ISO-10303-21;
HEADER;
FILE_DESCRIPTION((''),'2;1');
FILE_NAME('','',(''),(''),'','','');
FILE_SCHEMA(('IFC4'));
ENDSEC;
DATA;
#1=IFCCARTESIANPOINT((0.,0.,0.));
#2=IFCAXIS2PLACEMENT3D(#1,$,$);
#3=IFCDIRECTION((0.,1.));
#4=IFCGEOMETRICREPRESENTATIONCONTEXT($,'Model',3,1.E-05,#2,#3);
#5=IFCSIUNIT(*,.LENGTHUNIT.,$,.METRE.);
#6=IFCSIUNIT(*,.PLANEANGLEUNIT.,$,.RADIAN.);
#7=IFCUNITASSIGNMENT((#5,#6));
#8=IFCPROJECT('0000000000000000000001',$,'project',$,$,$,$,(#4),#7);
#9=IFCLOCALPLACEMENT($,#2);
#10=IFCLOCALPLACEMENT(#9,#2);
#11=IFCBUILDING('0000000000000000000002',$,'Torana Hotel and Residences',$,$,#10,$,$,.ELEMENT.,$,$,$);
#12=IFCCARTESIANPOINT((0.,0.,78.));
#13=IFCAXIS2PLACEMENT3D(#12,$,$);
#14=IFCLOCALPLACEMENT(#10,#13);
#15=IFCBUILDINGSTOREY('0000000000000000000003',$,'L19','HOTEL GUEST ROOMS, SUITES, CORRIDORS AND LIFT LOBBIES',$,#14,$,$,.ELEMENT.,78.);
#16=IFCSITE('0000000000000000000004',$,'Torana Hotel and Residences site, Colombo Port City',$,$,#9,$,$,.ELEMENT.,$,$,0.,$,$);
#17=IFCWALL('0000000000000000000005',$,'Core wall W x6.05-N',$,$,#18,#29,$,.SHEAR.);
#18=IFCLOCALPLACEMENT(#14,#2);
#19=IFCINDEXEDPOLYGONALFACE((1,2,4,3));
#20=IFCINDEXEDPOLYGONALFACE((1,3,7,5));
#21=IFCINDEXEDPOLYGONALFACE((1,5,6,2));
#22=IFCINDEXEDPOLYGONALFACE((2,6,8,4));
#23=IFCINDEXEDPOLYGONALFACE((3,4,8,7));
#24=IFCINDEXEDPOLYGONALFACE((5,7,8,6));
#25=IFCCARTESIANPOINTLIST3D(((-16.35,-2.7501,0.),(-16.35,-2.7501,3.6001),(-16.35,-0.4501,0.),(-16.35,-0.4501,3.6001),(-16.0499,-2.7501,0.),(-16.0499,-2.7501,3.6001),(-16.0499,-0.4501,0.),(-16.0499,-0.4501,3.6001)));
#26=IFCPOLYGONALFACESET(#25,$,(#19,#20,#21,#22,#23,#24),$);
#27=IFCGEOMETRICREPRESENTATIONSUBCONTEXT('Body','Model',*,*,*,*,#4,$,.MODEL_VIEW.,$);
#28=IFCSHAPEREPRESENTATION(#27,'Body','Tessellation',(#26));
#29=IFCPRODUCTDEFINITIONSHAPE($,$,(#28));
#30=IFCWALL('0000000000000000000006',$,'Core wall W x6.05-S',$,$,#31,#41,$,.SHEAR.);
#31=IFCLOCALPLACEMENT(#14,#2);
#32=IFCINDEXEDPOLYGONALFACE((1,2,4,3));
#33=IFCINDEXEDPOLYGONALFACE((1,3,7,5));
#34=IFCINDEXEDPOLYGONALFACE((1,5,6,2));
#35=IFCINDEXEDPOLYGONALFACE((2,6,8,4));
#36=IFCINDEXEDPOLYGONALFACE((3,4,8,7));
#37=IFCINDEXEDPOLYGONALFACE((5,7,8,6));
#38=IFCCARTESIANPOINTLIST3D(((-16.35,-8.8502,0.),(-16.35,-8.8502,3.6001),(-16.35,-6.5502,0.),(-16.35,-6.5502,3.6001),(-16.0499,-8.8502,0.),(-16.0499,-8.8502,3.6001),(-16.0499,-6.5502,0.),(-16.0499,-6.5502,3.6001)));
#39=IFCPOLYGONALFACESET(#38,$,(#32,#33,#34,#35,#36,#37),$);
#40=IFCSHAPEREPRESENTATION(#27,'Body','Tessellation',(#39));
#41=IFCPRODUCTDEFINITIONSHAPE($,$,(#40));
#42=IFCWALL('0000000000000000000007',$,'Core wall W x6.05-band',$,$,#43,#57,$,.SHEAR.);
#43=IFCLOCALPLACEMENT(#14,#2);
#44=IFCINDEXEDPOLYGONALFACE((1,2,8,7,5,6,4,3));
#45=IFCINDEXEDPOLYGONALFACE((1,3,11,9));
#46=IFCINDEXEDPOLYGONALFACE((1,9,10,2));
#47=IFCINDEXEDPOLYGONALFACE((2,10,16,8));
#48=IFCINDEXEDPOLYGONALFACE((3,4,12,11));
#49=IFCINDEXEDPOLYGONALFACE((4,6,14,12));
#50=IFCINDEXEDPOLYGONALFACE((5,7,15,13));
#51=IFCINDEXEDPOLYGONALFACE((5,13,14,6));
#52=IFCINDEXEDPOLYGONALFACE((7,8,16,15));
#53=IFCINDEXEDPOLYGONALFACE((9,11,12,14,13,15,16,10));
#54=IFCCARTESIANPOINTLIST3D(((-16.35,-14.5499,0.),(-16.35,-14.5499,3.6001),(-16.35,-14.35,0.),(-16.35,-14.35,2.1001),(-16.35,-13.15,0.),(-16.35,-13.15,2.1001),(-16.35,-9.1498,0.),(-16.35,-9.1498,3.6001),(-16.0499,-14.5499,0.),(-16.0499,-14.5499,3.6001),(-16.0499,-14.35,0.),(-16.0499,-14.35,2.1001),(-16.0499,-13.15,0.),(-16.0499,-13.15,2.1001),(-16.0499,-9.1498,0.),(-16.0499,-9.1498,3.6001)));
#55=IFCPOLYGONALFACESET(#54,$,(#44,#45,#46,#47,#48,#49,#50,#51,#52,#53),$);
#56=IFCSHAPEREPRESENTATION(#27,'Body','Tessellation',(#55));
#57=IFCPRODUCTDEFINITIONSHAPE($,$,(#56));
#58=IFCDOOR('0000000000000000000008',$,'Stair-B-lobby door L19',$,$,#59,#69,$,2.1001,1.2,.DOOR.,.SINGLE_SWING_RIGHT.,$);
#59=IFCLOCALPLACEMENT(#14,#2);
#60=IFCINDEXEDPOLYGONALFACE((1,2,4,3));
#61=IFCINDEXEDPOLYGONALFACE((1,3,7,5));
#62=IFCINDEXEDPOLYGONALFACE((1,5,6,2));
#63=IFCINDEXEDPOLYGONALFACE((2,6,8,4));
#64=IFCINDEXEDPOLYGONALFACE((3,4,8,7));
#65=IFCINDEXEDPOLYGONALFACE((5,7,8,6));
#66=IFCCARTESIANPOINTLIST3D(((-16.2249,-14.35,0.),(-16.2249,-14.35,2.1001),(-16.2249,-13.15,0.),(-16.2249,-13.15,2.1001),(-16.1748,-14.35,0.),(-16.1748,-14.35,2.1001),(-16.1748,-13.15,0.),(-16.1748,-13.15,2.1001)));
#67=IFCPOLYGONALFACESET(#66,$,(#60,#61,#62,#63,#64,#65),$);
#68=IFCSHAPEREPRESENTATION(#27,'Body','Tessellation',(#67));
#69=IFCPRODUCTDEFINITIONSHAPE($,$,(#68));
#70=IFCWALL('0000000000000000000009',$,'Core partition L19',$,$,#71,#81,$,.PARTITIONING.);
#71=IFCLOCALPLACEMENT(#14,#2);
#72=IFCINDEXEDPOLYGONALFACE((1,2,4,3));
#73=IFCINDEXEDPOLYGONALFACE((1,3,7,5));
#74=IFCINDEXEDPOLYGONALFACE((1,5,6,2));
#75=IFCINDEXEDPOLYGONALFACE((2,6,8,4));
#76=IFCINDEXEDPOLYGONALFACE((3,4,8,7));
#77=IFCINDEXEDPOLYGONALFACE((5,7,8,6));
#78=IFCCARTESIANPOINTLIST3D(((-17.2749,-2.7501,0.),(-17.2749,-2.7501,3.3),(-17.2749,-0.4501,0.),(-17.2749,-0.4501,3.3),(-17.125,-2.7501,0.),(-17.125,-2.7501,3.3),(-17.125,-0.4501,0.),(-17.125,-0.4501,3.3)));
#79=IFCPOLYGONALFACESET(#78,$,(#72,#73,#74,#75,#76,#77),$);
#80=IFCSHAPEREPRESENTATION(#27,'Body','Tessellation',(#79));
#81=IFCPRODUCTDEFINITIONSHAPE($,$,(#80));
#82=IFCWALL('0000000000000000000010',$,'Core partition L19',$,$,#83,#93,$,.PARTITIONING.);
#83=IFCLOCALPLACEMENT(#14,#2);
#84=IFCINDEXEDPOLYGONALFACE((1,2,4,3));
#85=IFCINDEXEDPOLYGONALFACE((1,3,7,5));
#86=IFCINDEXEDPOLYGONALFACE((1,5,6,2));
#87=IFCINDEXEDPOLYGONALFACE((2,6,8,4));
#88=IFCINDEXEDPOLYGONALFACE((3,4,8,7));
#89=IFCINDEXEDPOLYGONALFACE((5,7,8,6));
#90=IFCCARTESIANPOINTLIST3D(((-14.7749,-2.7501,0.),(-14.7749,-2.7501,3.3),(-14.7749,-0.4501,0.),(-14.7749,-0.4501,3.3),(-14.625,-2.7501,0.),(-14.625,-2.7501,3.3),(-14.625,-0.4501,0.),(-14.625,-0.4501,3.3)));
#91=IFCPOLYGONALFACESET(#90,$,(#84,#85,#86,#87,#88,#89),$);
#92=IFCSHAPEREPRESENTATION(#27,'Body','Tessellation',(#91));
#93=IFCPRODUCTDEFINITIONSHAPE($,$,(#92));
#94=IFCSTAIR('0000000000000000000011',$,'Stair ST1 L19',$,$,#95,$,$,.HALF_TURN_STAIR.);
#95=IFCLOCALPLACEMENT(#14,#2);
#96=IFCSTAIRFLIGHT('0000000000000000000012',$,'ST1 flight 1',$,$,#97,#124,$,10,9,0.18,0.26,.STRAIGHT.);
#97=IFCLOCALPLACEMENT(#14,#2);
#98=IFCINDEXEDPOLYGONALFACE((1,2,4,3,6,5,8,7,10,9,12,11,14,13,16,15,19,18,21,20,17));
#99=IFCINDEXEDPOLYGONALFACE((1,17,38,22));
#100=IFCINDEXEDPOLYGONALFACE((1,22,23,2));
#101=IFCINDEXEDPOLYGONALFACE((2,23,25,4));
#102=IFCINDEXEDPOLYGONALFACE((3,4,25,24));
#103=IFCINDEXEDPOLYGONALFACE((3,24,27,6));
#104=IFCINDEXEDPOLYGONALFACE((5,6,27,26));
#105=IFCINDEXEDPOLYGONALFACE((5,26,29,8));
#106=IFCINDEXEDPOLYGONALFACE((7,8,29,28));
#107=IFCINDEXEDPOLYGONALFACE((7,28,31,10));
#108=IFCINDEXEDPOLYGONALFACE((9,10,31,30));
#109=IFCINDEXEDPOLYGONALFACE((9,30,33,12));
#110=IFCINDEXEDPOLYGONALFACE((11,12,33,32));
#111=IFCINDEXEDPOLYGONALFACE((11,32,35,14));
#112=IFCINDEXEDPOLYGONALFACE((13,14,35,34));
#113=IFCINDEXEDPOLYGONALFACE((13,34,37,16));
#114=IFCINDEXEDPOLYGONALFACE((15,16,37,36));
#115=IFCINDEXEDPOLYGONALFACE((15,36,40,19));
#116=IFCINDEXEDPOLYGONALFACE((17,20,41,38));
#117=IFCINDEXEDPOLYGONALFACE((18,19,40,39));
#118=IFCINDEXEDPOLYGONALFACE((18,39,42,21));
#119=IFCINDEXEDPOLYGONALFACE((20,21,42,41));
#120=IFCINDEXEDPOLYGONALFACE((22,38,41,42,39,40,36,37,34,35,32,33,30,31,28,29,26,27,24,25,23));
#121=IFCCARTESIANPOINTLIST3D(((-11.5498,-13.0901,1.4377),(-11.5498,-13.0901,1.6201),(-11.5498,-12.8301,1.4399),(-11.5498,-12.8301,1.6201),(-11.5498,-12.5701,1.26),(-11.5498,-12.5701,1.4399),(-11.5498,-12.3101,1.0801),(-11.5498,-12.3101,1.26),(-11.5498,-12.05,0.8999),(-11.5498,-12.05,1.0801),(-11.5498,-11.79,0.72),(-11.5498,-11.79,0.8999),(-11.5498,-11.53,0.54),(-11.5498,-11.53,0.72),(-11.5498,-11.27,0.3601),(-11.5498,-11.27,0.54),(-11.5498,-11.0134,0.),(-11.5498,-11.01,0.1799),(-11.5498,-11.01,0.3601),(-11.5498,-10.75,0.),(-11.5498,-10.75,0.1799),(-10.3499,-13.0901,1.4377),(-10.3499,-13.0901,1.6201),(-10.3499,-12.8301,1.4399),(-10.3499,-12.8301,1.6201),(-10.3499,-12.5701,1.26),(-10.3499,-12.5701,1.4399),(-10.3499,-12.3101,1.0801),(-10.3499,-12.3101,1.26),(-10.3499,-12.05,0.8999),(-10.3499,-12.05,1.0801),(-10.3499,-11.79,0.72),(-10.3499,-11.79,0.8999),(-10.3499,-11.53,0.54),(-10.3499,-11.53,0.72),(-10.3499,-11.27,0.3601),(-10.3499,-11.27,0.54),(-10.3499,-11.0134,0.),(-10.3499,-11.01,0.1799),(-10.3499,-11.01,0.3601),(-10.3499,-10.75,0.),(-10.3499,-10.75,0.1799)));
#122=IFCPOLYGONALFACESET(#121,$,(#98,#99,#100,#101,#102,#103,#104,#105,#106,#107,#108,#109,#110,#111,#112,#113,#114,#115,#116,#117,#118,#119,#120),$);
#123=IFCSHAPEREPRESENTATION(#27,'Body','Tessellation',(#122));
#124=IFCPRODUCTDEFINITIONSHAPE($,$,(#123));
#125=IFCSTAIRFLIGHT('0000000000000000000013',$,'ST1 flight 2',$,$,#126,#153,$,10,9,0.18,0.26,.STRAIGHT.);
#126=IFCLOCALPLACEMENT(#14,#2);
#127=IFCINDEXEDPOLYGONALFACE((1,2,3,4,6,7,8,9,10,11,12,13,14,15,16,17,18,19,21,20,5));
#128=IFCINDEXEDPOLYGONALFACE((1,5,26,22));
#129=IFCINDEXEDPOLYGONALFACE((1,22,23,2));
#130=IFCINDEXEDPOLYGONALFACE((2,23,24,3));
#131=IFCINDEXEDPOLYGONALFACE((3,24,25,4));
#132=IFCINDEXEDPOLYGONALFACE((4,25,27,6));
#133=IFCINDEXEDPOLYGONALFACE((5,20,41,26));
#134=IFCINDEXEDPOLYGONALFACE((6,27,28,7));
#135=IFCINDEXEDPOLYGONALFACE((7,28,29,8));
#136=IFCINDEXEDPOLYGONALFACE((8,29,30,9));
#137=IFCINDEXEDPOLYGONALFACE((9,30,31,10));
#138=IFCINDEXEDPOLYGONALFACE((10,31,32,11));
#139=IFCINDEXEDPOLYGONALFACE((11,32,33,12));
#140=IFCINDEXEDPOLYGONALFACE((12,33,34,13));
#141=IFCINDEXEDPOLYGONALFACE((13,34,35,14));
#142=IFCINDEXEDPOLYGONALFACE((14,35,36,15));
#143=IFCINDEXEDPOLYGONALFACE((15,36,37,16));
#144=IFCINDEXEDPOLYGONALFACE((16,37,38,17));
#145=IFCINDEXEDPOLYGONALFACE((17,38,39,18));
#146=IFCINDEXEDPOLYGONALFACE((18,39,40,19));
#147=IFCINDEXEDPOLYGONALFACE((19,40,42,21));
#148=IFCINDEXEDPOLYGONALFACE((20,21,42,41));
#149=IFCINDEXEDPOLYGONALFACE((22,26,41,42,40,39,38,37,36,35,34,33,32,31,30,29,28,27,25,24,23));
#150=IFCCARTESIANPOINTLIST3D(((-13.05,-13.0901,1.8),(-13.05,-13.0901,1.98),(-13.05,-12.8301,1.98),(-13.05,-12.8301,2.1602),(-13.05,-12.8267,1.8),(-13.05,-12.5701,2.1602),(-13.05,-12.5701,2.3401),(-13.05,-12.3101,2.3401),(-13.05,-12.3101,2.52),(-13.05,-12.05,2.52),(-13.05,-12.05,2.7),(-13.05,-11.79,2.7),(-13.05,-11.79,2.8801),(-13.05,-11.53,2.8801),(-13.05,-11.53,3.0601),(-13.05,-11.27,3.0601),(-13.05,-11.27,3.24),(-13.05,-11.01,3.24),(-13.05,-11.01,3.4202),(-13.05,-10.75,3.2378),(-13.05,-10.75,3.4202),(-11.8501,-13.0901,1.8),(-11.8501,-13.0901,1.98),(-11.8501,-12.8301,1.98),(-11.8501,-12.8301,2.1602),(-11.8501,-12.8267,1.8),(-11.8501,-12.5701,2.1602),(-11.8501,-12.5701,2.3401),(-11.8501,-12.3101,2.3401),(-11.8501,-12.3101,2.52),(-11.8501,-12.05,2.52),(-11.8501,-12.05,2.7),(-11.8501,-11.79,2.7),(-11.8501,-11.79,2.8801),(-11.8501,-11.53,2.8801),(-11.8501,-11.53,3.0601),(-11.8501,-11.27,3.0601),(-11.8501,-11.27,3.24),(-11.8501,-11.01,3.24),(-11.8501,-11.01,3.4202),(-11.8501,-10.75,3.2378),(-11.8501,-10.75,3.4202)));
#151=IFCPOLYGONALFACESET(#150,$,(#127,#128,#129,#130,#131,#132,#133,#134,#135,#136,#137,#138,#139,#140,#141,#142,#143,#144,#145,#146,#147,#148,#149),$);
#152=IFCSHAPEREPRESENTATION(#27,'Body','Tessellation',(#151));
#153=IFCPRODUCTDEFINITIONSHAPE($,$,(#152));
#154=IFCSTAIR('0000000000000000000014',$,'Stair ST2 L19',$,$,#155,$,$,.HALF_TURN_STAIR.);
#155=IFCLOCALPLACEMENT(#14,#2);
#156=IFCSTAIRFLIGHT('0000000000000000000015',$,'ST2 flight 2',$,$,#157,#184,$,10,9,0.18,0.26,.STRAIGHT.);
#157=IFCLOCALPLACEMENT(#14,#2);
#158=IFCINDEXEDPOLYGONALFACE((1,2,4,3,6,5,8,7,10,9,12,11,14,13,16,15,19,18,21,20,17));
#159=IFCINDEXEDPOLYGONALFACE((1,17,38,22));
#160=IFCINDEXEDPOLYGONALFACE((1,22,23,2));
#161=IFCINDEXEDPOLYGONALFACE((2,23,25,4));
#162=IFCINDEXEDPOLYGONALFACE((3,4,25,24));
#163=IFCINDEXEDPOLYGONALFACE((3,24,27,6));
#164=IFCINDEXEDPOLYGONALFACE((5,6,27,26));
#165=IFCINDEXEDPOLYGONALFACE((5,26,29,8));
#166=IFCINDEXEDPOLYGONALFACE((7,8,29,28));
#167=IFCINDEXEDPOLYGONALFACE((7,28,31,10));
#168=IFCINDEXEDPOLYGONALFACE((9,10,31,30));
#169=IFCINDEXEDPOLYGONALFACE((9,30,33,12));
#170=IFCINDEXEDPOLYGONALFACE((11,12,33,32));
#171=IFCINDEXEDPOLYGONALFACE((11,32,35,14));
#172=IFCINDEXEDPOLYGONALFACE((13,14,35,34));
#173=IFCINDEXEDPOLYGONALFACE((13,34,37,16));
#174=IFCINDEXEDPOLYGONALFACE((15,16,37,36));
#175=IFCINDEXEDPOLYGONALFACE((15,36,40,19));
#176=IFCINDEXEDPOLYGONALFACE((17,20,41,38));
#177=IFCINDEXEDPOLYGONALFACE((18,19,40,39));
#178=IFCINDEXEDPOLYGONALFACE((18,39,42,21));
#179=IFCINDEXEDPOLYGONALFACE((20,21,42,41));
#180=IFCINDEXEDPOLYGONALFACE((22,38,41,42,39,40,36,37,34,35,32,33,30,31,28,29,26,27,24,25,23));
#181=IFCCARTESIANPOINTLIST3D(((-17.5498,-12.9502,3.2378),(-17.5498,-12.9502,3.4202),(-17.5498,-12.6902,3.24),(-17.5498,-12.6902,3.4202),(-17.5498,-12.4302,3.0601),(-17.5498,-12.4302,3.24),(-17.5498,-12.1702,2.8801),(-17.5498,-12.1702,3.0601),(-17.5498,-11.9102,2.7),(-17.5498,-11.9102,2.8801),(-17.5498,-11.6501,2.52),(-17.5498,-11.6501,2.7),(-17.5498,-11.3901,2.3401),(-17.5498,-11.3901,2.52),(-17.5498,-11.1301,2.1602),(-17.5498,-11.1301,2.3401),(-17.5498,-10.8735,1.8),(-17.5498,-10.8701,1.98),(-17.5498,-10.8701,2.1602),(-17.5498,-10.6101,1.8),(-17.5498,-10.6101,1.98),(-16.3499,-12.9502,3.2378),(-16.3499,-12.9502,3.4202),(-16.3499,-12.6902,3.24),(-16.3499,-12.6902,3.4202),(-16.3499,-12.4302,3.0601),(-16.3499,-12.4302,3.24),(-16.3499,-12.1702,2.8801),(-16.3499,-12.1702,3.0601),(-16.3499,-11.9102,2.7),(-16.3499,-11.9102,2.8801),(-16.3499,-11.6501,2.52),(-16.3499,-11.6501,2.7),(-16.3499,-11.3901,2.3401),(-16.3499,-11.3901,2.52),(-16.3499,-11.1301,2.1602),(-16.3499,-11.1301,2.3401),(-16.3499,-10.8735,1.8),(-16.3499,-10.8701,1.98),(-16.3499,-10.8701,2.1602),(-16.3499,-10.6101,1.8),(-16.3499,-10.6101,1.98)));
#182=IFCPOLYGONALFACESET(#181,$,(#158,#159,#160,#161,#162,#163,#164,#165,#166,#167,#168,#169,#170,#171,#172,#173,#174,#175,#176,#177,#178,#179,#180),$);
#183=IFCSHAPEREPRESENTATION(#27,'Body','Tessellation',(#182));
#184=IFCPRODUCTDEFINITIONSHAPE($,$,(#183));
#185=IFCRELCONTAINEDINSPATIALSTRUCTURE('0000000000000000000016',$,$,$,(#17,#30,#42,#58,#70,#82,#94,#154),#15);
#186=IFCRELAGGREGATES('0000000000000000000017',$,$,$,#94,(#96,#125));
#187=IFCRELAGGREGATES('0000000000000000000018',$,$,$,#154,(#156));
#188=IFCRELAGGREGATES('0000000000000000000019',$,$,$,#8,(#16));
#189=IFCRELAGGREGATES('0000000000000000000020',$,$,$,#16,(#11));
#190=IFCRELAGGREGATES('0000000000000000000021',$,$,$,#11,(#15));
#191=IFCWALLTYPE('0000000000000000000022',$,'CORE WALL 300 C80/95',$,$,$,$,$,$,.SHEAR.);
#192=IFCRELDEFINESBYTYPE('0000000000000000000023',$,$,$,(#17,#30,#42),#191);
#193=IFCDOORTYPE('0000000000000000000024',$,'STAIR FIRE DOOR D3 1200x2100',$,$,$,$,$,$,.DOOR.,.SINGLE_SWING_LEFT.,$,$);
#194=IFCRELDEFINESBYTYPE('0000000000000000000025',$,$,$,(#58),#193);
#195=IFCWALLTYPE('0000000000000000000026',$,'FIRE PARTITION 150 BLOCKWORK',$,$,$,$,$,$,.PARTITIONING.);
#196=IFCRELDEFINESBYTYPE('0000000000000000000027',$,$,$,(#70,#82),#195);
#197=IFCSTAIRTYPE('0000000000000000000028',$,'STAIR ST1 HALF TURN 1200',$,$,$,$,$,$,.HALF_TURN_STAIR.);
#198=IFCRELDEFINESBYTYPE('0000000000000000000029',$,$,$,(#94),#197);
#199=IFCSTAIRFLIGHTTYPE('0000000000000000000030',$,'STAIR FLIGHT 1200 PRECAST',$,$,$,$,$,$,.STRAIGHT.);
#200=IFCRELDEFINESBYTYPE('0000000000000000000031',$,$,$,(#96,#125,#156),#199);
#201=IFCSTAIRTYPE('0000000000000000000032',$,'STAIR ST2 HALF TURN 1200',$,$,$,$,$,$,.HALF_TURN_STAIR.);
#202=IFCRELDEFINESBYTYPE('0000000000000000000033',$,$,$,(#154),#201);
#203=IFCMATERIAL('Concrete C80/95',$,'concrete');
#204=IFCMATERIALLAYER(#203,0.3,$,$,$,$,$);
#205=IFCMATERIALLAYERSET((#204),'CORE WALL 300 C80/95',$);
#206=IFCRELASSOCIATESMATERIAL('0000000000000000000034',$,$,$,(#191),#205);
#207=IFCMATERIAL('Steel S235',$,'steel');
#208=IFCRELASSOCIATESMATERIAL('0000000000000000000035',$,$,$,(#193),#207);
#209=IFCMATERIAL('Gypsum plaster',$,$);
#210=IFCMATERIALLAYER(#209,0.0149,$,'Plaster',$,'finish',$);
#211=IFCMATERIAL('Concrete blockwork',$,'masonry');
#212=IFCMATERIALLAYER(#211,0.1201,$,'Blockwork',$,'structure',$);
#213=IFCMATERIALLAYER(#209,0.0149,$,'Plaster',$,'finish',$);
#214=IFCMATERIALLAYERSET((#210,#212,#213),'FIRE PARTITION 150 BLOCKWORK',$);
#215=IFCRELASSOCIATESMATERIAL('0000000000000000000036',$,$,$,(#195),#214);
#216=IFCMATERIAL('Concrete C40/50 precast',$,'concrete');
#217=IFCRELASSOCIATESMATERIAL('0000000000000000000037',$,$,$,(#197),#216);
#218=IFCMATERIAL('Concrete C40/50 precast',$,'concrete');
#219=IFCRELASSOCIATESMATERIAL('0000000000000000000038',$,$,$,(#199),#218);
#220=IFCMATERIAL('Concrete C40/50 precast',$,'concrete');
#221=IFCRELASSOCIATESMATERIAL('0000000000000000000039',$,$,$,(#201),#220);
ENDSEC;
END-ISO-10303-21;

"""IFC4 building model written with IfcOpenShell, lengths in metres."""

from ifc_helpers import new_model, si_unit, direction, frame, frame_2d, origin, place, context, subcontext, project, spatial, polyline, rectangle, outline, extrude, material, layer, layer_set, type_object, element, fill, aggregate, save


model = new_model("IFC4")

# Units and contexts
model_context = context("Model", 3, precision=1e-05, world=origin(), true_north=direction((0.0, 1.0)))
body_context = subcontext(model_context, "Body", "Model", "MODEL_VIEW")
ifc_project = project(units=[si_unit("LENGTHUNIT", "METRE"), si_unit("PLANEANGLEUNIT", "RADIAN")], contexts=[model_context])

# Site, building, storey
site_placement = place(None, origin())
site = spatial("IfcSite", under=ifc_project, at=site_placement, Name="Torana Hotel and Residences site, Colombo Port City", CompositionType="ELEMENT", RefElevation=0.0)
building_placement = place(site_placement, origin())
building = spatial("IfcBuilding", under=site, at=building_placement, Name="Torana Hotel and Residences", CompositionType="ELEMENT")
storey_placement = place(building_placement, frame((0.0, 0.0, 78.0)))
storey = spatial("IfcBuildingStorey", under=building, at=storey_placement, Name="L19", Description="HOTEL GUEST ROOMS, SUITES, CORRIDORS AND LIFT LOBBIES", CompositionType="ELEMENT", Elevation=78.0)

# Shared definitions
ifc_material_1 = material(Name="Concrete C80/95", Category="concrete")
ifc_layer_1 = layer(ifc_material_1, 0.3)
ifc_layer_set_1 = layer_set([ifc_layer_1], Name="CORE WALL 300 C80/95")
wall_type_1 = type_object("IfcWallType", Name="CORE WALL 300 C80/95", PredefinedType="SHEAR", material=ifc_layer_set_1)

# Shared definitions
ifc_material_2 = material(Name="Steel S235", Category="steel")
door_type_1 = type_object("IfcDoorType", Name="STAIR FIRE DOOR D3 1200x2100", OperationType="SINGLE_SWING_LEFT", PredefinedType="DOOR", material=ifc_material_2)

# Walls
for number, where, z_axis, x_axis, name in (
    (1, (-16.2, -2.75, 0.0), (0.0, 0.0, 1.0), (0.0, 1.0, 0.0), "Core wall W x6.05-N"),
    (2, (-16.2, -8.8501, 0.0), (0.0, 0.0, 1.0), (0.0, 1.0, 0.0), "Core wall W x6.05-S"),
):
    element("IfcWall", number, at=place(storey_placement, frame(where, z_axis=z_axis, x_axis=x_axis)), inside=storey, type_object=wall_type_1, Name=name, PredefinedType="SHEAR", context=body_context, shape_type="SweptSolid", body=[
        extrude(rectangle(XDim=2.3, YDim=0.3, at=frame_2d((1.1499, 0.0))), origin(), (0.0, 0.0, 1.0), 3.6001),
    ])

# Wall, opening, door
wall_1_placement = place(storey_placement, frame((-16.2, -14.55, 0.0), z_axis=(0.0, 0.0, 1.0), x_axis=(0.0, 1.0, 0.0)))
wall_1 = element("IfcWall", 3, at=wall_1_placement, inside=storey, type_object=wall_type_1, Name="Core wall W x6.05-band", PredefinedType="SHEAR", context=body_context, shape_type="SweptSolid", body=[
    extrude(rectangle(XDim=5.4001, YDim=0.3, at=frame_2d((2.7002, 0.0))), origin(), (0.0, 0.0, 1.0), 3.6001),
])
opening_1_placement = place(wall_1_placement, frame((0.2, 0.0, 0.0)))
opening_1 = element("IfcOpeningElement", 4, at=opening_1_placement, cuts=wall_1, PredefinedType="OPENING", context=body_context, shape_type="SweptSolid", body=[
    extrude(rectangle(XDim=1.2, YDim=2.1001, at=frame_2d((0.6001, 1.05))), frame((0.0, 0.1599, 0.0), z_axis=(0.0, -1.0, 0.0), x_axis=(1.0, 0.0, 0.0)), (0.0, 0.0, 1.0), 0.3201),
])
door_1_placement = place(opening_1_placement, origin())
door_1 = element("IfcDoor", 5, at=door_1_placement, inside=storey, type_object=door_type_1, Name="Stair-B-lobby door L19", OperationType="SINGLE_SWING_RIGHT", OverallHeight=2.1001, OverallWidth=1.2, PredefinedType="DOOR", context=body_context, shape_type="SweptSolid", body=[
    extrude(rectangle(XDim=1.2, YDim=2.1001, at=frame_2d((0.6001, 1.05))), frame((0.0, 0.0249, 0.0), z_axis=(0.0, -1.0, 0.0), x_axis=(1.0, 0.0, 0.0)), (0.0, 0.0, 1.0), 0.05),
])
fill(opening_1, door_1)

# Walls
ifc_material_3 = material(Name="Gypsum plaster")
ifc_layer_2 = layer(ifc_material_3, 0.0149, Name="Plaster", Category="finish")
ifc_material_4 = material(Name="Concrete blockwork", Category="masonry")
ifc_layer_3 = layer(ifc_material_4, 0.1201, Name="Blockwork", Category="structure")
ifc_layer_4 = layer(ifc_material_3, 0.0149, Name="Plaster", Category="finish")
ifc_layer_set_2 = layer_set([ifc_layer_2, ifc_layer_3, ifc_layer_4], Name="FIRE PARTITION 150 BLOCKWORK")
wall_type_2 = type_object("IfcWallType", Name="FIRE PARTITION 150 BLOCKWORK", PredefinedType="PARTITIONING", material=ifc_layer_set_2)
for number, where, z_axis, x_axis, name in (
    (6, (-17.2, -2.75, 0.0), (0.0, 0.0, 1.0), (0.0, 1.0, 0.0), "Core partition L19"),
    (7, (-14.7, -2.75, 0.0), (0.0, 0.0, 1.0), (0.0, 1.0, 0.0), "Core partition L19"),
):
    element("IfcWall", number, at=place(storey_placement, frame(where, z_axis=z_axis, x_axis=x_axis)), inside=storey, type_object=wall_type_2, Name=name, PredefinedType="PARTITIONING", context=body_context, shape_type="SweptSolid", body=[
        extrude(rectangle(XDim=2.3, YDim=0.1499, at=frame_2d((1.1499, 0.0))), origin(), (0.0, 0.0, 1.0), 3.3),
    ])

# Stair, stair flights
ifc_material_5 = material(Name="Concrete C40/50 precast", Category="concrete")
stair_type_1 = type_object("IfcStairType", Name="STAIR ST1 HALF TURN 1200", PredefinedType="HALF_TURN_STAIR", material=ifc_material_5)
stair_1_placement = place(storey_placement, origin())
stair_1 = element("IfcStair", 8, at=stair_1_placement, inside=storey, type_object=stair_type_1, Name="Stair ST1 L19", PredefinedType="HALF_TURN_STAIR")
ifc_material_6 = material(Name="Concrete C40/50 precast", Category="concrete")
stair_flight_type = type_object("IfcStairFlightType", Name="STAIR FLIGHT 1200 PRECAST", PredefinedType="STRAIGHT", material=ifc_material_6)
stair_flight_1_placement = place(storey_placement, frame((-10.95, -10.75, 0.0), z_axis=(0.0, 0.0, 1.0), x_axis=(0.0, -1.0, 0.0)))
stair_flight_1 = element("IfcStairFlight", 9, at=stair_flight_1_placement, type_object=stair_flight_type, Name="ST1 flight 1", NumberOfRisers=10, NumberOfTreads=9, PredefinedType="STRAIGHT", RiserHeight=0.18, TreadLength=0.26, context=body_context, shape_type="SweptSolid", body=[
    extrude(outline(polyline([(0.0, 0.0), (0.0, 0.1799), (0.26, 0.1799), (0.26, 0.3601), (0.52, 0.3601), (0.52, 0.54), (0.78, 0.54), (0.78, 0.72), (1.04, 0.72), (1.04, 0.8999), (1.3, 0.8999), (1.3, 1.0801), (1.5601, 1.0801), (1.5601, 1.26), (1.8201, 1.26), (1.8201, 1.4399), (2.0801, 1.4399), (2.0801, 1.6201), (2.3401, 1.6201), (2.3401, 1.8), (2.3401, 1.4377), (0.2634, 0.0), (0.0, 0.0)])), frame((0.0, 0.6001, 0.0), z_axis=(0.0, -1.0, 0.0), x_axis=(1.0, 0.0, 0.0)), (0.0, 0.0, 1.0), 1.2),
])
stair_flight_2_placement = place(storey_placement, frame((-12.45, -13.0901, 1.8), z_axis=(0.0, 0.0, 1.0), x_axis=(0.0, 1.0, 0.0)))
stair_flight_2 = element("IfcStairFlight", 10, at=stair_flight_2_placement, type_object=stair_flight_type, Name="ST1 flight 2", NumberOfRisers=10, NumberOfTreads=9, PredefinedType="STRAIGHT", RiserHeight=0.18, TreadLength=0.26, context=body_context, shape_type="SweptSolid", body=[
    extrude(outline(polyline([(0.0, 0.0), (0.0, 0.1799), (0.26, 0.1799), (0.26, 0.3601), (0.52, 0.3601), (0.52, 0.54), (0.78, 0.54), (0.78, 0.72), (1.04, 0.72), (1.04, 0.8999), (1.3, 0.8999), (1.3, 1.0801), (1.5601, 1.0801), (1.5601, 1.26), (1.8201, 1.26), (1.8201, 1.4399), (2.0801, 1.4399), (2.0801, 1.6201), (2.3401, 1.6201), (2.3401, 1.8), (2.3401, 1.4377), (0.2634, 0.0), (0.0, 0.0)])), frame((0.0, 0.6001, 0.0), z_axis=(0.0, -1.0, 0.0), x_axis=(1.0, 0.0, 0.0)), (0.0, 0.0, 1.0), 1.2),
])
aggregate(stair_1, [stair_flight_1, stair_flight_2])

# Stair, stair flight
ifc_material_7 = material(Name="Concrete C40/50 precast", Category="concrete")
stair_type_2 = type_object("IfcStairType", Name="STAIR ST2 HALF TURN 1200", PredefinedType="HALF_TURN_STAIR", material=ifc_material_7)
stair_2_placement = place(storey_placement, origin())
stair_2 = element("IfcStair", 11, at=stair_2_placement, inside=storey, type_object=stair_type_2, Name="Stair ST2 L19", PredefinedType="HALF_TURN_STAIR")
stair_flight_3_placement = place(storey_placement, frame((-16.95, -10.6101, 1.8), z_axis=(0.0, 0.0, 1.0), x_axis=(0.0, -1.0, 0.0)))
stair_flight_3 = element("IfcStairFlight", 12, at=stair_flight_3_placement, type_object=stair_flight_type, Name="ST2 flight 2", NumberOfRisers=10, NumberOfTreads=9, PredefinedType="STRAIGHT", RiserHeight=0.18, TreadLength=0.26, context=body_context, shape_type="SweptSolid", body=[
    extrude(outline(polyline([(0.0, 0.0), (0.0, 0.1799), (0.26, 0.1799), (0.26, 0.3601), (0.52, 0.3601), (0.52, 0.54), (0.78, 0.54), (0.78, 0.72), (1.04, 0.72), (1.04, 0.8999), (1.3, 0.8999), (1.3, 1.0801), (1.5601, 1.0801), (1.5601, 1.26), (1.8201, 1.26), (1.8201, 1.4399), (2.0801, 1.4399), (2.0801, 1.6201), (2.3401, 1.6201), (2.3401, 1.8), (2.3401, 1.4377), (0.2634, 0.0), (0.0, 0.0)])), frame((0.0, 0.6001, 0.0), z_axis=(0.0, -1.0, 0.0), x_axis=(1.0, 0.0, 0.0)), (0.0, 0.0, 1.0), 1.2),
])
aggregate(stair_2, [stair_flight_3])

save(model, "model.ifc")
